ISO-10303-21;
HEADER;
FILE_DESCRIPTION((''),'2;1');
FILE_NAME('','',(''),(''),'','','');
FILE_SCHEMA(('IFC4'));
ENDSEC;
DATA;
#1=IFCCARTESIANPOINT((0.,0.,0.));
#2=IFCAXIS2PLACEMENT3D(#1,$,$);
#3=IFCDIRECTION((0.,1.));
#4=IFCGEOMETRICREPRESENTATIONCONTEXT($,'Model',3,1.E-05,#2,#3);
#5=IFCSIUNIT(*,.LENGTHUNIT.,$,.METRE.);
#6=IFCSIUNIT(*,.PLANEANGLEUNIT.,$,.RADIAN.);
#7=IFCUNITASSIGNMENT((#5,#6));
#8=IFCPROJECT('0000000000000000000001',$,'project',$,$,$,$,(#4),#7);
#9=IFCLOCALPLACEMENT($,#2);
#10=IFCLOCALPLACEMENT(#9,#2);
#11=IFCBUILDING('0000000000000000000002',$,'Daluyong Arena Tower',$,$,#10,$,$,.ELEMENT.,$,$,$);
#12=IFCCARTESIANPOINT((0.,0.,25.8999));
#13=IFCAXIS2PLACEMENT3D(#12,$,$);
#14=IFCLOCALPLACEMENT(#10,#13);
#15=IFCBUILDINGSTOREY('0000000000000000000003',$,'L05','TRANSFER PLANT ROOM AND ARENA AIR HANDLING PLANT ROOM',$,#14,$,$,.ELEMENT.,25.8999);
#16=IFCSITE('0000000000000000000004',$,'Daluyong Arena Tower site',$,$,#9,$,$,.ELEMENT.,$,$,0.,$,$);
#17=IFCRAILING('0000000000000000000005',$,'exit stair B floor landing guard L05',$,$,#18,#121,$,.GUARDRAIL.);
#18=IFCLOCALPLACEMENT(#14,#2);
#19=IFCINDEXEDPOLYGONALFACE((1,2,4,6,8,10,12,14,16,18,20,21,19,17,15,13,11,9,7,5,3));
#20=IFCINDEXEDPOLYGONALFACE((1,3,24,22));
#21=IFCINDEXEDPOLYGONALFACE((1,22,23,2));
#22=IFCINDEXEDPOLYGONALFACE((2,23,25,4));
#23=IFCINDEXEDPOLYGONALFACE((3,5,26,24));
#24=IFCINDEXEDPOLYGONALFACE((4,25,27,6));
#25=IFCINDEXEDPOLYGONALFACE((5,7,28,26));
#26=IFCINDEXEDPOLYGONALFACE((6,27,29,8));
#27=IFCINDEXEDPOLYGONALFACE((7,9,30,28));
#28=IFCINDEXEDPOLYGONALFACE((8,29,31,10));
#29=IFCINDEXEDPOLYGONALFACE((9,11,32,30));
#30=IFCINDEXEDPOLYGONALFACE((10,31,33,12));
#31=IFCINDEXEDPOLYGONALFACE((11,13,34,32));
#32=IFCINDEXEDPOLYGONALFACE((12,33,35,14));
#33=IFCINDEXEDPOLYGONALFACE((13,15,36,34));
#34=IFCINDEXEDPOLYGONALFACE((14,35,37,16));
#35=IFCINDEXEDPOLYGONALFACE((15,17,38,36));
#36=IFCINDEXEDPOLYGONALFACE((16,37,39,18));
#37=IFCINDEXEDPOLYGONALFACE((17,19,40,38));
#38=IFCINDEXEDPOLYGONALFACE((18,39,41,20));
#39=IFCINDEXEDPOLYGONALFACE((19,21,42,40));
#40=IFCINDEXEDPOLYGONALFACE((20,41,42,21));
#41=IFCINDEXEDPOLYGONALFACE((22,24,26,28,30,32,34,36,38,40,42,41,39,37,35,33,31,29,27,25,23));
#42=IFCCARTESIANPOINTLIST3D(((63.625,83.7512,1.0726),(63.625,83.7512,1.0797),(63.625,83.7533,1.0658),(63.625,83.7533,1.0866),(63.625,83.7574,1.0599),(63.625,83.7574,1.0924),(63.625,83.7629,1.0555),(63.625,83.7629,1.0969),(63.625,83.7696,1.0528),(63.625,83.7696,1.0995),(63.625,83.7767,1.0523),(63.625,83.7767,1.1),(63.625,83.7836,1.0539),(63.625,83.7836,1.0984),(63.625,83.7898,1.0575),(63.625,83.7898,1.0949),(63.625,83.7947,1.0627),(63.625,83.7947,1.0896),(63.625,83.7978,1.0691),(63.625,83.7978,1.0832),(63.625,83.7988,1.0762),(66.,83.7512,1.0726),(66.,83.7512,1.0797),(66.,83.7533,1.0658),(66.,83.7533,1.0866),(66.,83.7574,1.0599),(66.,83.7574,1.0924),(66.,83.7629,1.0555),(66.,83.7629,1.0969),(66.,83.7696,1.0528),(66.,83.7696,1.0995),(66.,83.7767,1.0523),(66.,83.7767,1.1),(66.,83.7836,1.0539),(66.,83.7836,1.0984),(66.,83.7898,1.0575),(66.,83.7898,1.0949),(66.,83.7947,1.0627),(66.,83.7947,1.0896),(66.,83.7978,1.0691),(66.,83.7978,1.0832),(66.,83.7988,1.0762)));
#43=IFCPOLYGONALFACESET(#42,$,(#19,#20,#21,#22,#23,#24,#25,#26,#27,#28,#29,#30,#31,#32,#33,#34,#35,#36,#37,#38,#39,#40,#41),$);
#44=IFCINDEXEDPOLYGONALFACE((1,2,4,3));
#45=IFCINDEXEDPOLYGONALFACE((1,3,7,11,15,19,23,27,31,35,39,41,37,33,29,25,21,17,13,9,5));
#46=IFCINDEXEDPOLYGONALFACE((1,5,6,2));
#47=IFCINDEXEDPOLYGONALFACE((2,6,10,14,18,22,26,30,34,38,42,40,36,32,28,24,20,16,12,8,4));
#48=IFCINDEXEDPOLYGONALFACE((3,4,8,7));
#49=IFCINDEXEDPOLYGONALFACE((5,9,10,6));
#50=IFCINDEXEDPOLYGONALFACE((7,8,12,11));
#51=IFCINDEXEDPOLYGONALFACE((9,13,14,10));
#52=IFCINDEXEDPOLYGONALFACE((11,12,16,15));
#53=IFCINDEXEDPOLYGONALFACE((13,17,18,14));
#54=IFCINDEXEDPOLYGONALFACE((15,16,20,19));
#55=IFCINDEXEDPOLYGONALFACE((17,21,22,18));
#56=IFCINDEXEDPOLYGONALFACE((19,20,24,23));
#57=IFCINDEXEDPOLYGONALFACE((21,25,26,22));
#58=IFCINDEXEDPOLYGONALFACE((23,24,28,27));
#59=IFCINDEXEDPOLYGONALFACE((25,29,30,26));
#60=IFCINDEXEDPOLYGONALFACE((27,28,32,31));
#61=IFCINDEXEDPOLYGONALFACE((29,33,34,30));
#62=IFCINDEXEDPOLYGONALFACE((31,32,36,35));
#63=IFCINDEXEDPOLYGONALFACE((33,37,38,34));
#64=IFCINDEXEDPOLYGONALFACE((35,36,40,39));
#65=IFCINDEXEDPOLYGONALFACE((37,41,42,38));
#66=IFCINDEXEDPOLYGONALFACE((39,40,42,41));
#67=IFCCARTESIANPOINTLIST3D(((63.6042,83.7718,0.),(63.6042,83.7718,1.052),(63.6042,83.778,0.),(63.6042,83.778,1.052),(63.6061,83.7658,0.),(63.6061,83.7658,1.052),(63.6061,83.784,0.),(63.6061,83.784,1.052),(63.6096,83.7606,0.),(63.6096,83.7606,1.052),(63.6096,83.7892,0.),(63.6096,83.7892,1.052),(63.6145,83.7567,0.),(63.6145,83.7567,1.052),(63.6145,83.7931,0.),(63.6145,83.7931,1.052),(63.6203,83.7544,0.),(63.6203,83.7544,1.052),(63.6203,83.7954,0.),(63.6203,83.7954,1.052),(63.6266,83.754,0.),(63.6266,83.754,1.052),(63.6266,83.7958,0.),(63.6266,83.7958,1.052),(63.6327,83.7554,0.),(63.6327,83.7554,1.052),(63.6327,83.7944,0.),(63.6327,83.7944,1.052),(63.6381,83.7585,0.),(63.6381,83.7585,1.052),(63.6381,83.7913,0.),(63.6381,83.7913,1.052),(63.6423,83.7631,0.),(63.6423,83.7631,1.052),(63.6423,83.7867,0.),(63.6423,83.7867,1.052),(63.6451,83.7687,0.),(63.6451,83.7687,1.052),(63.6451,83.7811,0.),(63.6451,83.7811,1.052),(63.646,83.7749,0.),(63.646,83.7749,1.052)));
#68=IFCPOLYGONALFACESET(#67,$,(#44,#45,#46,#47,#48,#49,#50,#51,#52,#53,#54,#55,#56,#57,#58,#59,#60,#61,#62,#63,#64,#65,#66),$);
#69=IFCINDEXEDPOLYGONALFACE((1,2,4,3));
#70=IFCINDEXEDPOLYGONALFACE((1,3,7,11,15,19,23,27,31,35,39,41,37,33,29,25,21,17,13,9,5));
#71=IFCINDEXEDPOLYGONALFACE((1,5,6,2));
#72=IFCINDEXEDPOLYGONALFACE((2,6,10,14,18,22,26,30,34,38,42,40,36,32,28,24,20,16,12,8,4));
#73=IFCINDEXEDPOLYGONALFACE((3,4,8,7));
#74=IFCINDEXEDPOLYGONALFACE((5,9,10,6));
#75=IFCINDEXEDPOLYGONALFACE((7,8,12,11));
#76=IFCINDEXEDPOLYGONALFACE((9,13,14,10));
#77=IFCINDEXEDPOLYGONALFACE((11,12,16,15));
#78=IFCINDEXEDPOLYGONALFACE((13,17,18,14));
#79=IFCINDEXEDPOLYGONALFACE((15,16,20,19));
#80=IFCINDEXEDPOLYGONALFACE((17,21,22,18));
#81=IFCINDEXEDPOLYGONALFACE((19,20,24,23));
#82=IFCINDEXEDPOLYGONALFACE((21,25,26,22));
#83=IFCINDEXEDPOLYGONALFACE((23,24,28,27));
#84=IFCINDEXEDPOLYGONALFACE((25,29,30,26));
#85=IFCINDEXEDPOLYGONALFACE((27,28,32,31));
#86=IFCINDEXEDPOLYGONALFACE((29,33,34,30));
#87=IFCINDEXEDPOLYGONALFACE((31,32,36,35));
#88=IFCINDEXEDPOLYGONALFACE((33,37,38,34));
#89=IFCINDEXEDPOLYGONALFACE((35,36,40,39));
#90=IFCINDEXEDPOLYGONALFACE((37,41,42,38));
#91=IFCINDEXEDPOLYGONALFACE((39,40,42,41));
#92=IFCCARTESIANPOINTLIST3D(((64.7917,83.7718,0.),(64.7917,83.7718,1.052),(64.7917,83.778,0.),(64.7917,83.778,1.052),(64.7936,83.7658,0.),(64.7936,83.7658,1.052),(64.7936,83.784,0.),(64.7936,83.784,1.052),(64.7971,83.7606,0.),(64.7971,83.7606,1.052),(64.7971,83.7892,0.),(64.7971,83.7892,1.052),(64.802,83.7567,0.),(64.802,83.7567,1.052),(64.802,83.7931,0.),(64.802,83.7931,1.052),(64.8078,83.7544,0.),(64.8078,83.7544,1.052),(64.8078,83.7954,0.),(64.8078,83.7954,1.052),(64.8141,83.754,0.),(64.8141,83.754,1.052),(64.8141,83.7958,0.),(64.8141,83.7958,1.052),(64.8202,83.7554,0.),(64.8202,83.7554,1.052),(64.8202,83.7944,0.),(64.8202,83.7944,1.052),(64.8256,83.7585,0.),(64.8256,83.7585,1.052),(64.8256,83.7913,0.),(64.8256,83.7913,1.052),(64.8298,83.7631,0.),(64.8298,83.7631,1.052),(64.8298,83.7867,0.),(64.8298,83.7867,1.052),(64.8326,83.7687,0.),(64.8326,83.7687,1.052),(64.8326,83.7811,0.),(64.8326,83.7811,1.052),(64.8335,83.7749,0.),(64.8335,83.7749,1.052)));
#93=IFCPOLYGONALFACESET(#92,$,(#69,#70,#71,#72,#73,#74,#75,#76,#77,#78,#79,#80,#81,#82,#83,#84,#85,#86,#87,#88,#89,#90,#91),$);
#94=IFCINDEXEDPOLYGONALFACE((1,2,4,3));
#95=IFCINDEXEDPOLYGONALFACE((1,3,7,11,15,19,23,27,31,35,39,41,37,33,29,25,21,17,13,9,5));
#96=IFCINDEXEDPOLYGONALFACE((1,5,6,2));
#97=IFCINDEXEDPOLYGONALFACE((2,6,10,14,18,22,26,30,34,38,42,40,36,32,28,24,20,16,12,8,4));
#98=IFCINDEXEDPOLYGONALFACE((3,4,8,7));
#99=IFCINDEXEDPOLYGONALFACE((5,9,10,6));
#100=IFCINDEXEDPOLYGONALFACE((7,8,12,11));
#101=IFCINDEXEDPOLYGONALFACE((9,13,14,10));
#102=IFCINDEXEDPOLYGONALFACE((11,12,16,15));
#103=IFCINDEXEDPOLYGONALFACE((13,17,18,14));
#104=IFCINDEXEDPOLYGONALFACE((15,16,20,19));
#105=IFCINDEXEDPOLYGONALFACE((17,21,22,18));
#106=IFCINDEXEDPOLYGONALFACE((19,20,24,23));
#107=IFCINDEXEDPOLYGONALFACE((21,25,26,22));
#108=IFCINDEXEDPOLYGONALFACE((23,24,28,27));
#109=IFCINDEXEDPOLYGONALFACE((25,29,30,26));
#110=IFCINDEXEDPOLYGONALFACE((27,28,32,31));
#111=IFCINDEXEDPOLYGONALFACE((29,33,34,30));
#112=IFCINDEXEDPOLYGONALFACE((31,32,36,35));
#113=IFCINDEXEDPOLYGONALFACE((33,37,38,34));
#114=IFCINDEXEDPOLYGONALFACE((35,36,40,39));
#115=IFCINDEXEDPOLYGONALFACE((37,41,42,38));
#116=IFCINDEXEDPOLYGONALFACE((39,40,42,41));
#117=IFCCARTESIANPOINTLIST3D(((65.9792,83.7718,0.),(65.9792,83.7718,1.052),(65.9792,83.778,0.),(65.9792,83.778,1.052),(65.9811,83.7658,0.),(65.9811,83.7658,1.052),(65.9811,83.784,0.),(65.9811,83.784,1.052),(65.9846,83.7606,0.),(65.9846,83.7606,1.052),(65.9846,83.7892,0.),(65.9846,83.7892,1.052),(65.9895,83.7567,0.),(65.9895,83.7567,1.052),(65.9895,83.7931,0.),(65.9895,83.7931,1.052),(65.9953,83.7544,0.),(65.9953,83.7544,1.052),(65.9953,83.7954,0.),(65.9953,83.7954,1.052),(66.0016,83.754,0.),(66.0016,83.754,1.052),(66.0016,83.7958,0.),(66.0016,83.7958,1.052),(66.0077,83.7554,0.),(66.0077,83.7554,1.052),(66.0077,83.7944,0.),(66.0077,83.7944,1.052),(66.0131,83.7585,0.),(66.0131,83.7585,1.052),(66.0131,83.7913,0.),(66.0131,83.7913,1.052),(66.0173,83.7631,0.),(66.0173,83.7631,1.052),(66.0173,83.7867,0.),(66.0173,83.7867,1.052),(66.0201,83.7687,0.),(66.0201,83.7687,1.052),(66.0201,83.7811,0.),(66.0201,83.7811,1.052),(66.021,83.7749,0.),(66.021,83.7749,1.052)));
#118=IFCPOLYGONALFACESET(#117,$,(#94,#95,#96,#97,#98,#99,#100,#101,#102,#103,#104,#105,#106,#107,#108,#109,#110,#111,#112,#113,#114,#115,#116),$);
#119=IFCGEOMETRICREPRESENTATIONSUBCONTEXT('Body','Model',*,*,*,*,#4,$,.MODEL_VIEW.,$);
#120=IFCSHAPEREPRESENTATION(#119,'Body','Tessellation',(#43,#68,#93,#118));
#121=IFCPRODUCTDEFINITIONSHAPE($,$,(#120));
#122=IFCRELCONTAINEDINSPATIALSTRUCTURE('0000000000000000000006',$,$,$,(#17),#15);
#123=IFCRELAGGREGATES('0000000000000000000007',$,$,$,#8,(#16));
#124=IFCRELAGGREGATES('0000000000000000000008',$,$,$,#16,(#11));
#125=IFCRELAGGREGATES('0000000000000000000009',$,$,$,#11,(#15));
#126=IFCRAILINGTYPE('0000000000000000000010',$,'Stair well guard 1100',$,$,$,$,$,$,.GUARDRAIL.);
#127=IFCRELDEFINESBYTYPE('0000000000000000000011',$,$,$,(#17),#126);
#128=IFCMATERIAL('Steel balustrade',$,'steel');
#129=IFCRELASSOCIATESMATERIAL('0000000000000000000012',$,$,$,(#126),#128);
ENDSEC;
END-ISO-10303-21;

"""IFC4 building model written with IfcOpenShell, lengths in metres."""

from ifc_helpers import new_model, si_unit, direction, frame, origin, origin_2d, place, context, subcontext, project, spatial, circle, extrude, material, type_object, element, save


model = new_model("IFC4")

# Units and contexts
model_context = context("Model", 3, precision=1e-05, world=origin(), true_north=direction((0.0, 1.0)))
body_context = subcontext(model_context, "Body", "Model", "MODEL_VIEW")
ifc_project = project(units=[si_unit("LENGTHUNIT", "METRE"), si_unit("PLANEANGLEUNIT", "RADIAN")], contexts=[model_context])

# Site, building, storey
site_placement = place(None, origin())
site = spatial("IfcSite", under=ifc_project, at=site_placement, Name="Daluyong Arena Tower site", CompositionType="ELEMENT", RefElevation=0.0)
building_placement = place(site_placement, origin())
building = spatial("IfcBuilding", under=site, at=building_placement, Name="Daluyong Arena Tower", CompositionType="ELEMENT")
storey_placement = place(building_placement, frame((0.0, 0.0, 25.8999)))
storey = spatial("IfcBuildingStorey", under=building, at=storey_placement, Name="L05", Description="TRANSFER PLANT ROOM AND ARENA AIR HANDLING PLANT ROOM", CompositionType="ELEMENT", Elevation=25.8999)

# Railing
ifc_material_1 = material(Name="Steel balustrade", Category="steel")
railing_type_1 = type_object("IfcRailingType", Name="Stair well guard 1100", PredefinedType="GUARDRAIL", material=ifc_material_1)
for number, where, name in (
    (1, (63.625, 83.7749, 0.0), "exit stair B floor landing guard L05"),
):
    element("IfcRailing", number, at=place(storey_placement, frame(where)), inside=storey, type_object=railing_type_1, Name=name, PredefinedType="GUARDRAIL", context=body_context, shape_type="SweptSolid", body=[
        extrude(circle(Radius=0.0239, at=origin_2d()), frame((0.0, 0.0, 1.0762), z_axis=(1.0, 0.0, 0.0), x_axis=(0.0, 1.0, 0.0)), (0.0, 0.0, 1.0), 2.375),
        extrude(circle(Radius=0.021, at=origin_2d()), origin(), (0.0, 0.0, 1.0), 1.052),
        extrude(circle(Radius=0.021, at=origin_2d()), frame((1.1875, 0.0, 0.0)), (0.0, 0.0, 1.0), 1.052),
        extrude(circle(Radius=0.021, at=origin_2d()), frame((2.375, 0.0, 0.0)), (0.0, 0.0, 1.0), 1.052),
    ])

save(model, "model.ifc")
